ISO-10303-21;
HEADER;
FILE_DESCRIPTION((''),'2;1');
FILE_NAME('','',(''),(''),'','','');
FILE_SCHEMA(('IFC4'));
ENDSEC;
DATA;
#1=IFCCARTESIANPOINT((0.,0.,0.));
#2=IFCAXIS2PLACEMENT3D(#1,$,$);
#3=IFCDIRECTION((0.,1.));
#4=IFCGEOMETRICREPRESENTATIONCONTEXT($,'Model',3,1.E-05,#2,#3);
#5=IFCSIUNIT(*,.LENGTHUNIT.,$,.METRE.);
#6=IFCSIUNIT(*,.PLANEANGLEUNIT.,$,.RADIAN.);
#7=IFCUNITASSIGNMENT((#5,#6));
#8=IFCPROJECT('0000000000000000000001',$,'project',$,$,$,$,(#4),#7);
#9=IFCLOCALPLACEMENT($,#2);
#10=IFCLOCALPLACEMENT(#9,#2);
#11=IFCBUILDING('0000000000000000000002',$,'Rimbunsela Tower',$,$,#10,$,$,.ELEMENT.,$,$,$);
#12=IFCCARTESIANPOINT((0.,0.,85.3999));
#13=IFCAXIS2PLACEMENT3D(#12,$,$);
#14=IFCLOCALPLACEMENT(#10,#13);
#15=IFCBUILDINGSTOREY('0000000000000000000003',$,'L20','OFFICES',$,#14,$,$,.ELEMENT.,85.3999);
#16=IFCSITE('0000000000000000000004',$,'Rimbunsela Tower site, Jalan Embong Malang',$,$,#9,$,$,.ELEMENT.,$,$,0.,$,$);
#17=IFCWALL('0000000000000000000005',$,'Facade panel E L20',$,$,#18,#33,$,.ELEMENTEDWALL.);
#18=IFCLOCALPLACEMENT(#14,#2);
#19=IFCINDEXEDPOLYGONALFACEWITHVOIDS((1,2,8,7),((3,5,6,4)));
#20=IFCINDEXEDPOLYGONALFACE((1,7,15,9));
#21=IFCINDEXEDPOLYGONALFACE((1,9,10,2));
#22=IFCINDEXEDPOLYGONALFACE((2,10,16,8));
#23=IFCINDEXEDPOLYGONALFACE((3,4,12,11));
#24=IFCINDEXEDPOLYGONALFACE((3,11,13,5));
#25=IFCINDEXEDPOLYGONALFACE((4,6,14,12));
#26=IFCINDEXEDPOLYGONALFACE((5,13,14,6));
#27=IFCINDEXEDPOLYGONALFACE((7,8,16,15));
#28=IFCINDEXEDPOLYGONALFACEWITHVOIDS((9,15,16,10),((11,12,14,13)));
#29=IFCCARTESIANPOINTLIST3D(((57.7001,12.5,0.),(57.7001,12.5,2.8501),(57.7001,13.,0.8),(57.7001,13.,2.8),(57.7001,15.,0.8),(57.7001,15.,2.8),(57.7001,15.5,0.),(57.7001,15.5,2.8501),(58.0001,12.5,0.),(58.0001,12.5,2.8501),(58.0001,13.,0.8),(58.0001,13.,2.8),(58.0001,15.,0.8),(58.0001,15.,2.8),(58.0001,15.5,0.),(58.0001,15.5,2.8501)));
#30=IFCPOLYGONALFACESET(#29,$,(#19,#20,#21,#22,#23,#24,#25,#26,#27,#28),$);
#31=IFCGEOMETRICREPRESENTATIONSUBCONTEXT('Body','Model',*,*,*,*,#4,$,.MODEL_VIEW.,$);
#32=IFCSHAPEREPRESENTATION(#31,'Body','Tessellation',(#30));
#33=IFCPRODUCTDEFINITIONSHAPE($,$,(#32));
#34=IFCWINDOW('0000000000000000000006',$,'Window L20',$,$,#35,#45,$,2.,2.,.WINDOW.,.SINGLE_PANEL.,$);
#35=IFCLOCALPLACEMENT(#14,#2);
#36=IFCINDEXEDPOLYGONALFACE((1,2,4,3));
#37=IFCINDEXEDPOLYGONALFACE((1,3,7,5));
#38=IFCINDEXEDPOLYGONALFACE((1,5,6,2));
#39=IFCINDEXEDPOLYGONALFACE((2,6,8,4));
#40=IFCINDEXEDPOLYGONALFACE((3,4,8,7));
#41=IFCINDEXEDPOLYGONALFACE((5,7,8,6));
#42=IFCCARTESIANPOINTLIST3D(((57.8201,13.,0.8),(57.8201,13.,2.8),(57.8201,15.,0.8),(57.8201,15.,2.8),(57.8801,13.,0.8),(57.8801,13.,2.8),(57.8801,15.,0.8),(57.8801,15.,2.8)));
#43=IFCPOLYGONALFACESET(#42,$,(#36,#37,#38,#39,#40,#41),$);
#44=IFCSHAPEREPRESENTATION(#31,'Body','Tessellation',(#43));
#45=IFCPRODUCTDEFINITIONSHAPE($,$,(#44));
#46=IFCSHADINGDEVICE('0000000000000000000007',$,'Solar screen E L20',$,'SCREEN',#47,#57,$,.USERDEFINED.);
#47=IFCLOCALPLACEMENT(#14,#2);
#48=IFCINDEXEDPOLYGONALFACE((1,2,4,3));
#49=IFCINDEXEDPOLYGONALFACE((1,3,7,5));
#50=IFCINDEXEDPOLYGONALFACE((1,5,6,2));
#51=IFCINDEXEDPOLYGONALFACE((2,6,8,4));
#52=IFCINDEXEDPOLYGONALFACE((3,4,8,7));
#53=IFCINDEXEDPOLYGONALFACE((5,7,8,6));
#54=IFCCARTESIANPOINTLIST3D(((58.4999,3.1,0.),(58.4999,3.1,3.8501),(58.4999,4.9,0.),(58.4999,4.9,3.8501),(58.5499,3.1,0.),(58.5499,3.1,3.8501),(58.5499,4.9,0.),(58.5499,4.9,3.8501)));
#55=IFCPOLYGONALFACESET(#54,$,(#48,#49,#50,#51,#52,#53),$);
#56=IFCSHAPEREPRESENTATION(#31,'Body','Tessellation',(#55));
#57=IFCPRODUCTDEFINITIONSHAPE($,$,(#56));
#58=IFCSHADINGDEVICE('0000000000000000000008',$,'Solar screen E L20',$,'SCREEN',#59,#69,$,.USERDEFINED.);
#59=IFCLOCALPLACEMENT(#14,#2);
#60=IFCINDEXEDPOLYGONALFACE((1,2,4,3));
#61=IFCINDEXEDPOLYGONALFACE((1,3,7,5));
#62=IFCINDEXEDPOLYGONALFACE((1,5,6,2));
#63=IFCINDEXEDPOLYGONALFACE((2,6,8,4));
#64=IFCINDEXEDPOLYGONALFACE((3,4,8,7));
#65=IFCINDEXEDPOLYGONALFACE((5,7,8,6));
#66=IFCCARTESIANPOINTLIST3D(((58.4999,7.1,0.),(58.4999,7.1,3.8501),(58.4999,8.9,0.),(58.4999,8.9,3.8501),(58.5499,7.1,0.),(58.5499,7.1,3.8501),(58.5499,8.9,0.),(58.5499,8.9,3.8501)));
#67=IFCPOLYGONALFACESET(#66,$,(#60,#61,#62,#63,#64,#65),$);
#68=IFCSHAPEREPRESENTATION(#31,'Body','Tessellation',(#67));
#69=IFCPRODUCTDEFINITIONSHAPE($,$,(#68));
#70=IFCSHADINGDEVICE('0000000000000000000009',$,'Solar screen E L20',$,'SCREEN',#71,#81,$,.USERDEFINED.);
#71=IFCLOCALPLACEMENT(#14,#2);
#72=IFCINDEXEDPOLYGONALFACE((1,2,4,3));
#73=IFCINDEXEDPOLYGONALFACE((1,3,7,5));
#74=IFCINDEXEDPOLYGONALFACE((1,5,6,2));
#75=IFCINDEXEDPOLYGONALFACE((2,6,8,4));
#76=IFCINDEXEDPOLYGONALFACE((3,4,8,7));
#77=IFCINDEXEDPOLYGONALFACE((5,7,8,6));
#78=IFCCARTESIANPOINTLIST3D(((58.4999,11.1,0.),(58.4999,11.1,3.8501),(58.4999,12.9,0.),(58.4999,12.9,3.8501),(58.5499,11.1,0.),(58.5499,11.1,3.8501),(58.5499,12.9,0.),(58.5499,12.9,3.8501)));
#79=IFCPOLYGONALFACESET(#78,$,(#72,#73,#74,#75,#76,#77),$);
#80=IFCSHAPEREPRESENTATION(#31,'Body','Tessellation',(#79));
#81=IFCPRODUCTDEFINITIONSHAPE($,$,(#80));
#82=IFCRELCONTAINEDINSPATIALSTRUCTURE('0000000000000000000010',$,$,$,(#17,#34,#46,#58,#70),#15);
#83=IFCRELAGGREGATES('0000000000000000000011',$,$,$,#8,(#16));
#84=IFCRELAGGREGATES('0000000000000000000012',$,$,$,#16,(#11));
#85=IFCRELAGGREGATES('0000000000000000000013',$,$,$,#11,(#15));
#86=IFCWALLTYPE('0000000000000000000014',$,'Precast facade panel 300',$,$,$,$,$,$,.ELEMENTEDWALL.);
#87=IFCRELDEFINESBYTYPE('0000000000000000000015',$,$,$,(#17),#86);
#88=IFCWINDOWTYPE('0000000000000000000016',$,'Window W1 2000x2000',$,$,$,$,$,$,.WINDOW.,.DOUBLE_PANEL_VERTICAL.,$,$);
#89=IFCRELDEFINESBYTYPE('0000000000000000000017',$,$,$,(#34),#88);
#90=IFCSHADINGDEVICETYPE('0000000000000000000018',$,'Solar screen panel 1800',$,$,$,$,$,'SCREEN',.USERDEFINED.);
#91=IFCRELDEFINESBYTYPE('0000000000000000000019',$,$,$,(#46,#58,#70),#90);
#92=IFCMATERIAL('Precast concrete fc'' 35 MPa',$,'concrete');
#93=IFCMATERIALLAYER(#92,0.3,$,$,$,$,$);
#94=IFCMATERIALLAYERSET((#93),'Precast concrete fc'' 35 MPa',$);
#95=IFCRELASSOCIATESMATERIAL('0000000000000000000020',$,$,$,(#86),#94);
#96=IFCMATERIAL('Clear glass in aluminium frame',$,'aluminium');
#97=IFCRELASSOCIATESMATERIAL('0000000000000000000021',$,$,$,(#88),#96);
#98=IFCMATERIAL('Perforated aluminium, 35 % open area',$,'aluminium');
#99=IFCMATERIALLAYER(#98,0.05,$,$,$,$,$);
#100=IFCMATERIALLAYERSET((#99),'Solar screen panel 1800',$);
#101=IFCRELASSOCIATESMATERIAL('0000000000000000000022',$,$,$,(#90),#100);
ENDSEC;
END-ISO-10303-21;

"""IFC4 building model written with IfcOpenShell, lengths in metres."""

from ifc_helpers import new_model, si_unit, direction, frame, frame_2d, origin, origin_2d, place, context, subcontext, project, spatial, rectangle, extrude, material, layer, layer_set, type_object, element, fill, save


model = new_model("IFC4")

# Units and contexts
model_context = context("Model", 3, precision=1e-05, world=origin(), true_north=direction((0.0, 1.0)))
body_context = subcontext(model_context, "Body", "Model", "MODEL_VIEW")
ifc_project = project(units=[si_unit("LENGTHUNIT", "METRE"), si_unit("PLANEANGLEUNIT", "RADIAN")], contexts=[model_context])

# Site, building, storey
site_placement = place(None, origin())
site = spatial("IfcSite", under=ifc_project, at=site_placement, Name="Rimbunsela Tower site, Jalan Embong Malang", CompositionType="ELEMENT", RefElevation=0.0)
building_placement = place(site_placement, origin())
building = spatial("IfcBuilding", under=site, at=building_placement, Name="Rimbunsela Tower", CompositionType="ELEMENT")
storey_placement = place(building_placement, frame((0.0, 0.0, 85.3999)))
storey = spatial("IfcBuildingStorey", under=building, at=storey_placement, Name="L20", Description="OFFICES", CompositionType="ELEMENT", Elevation=85.3999)

# Wall, opening, window
ifc_material_1 = material(Name="Precast concrete fc' 35 MPa", Category="concrete")
ifc_layer_1 = layer(ifc_material_1, 0.3)
ifc_layer_set_1 = layer_set([ifc_layer_1], Name="Precast concrete fc' 35 MPa")
wall_type = type_object("IfcWallType", Name="Precast facade panel 300", PredefinedType="ELEMENTEDWALL", material=ifc_layer_set_1)
ifc_material_2 = material(Name="Clear glass in aluminium frame", Category="aluminium")
window_type = type_object("IfcWindowType", Name="Window W1 2000x2000", PartitioningType="DOUBLE_PANEL_VERTICAL", PredefinedType="WINDOW", material=ifc_material_2)
wall_1_placement = place(storey_placement, frame((57.8501, 12.5, 0.0), z_axis=(0.0, 0.0, 1.0), x_axis=(0.0, 1.0, 0.0)))
wall_1 = element("IfcWall", 1, at=wall_1_placement, inside=storey, type_object=wall_type, Name="Facade panel E L20", PredefinedType="ELEMENTEDWALL", context=body_context, shape_type="SweptSolid", body=[
    extrude(rectangle(XDim=3.0, YDim=0.3, at=frame_2d((1.5, 0.0))), origin(), (0.0, 0.0, 1.0), 2.8501),
])
opening_1_placement = place(wall_1_placement, frame((0.5, 0.0, 0.8)))
opening_1 = element("IfcOpeningElement", 2, at=opening_1_placement, cuts=wall_1, PredefinedType="OPENING", context=body_context, shape_type="SweptSolid", body=[
    extrude(rectangle(XDim=2.0, YDim=2.0, at=frame_2d((1.0, 1.0))), frame((0.0, 0.1599, 0.0), z_axis=(0.0, -1.0, 0.0), x_axis=(1.0, 0.0, 0.0)), (0.0, 0.0, 1.0), 0.3201),
])
window_1_placement = place(opening_1_placement, origin())
window_1 = element("IfcWindow", 3, at=window_1_placement, inside=storey, type_object=window_type, Name="Window L20", OverallHeight=2.0, OverallWidth=2.0, PartitioningType="SINGLE_PANEL", PredefinedType="WINDOW", context=body_context, shape_type="SweptSolid", body=[
    extrude(rectangle(XDim=2.0, YDim=2.0, at=frame_2d((1.0, 1.0))), frame((0.0, 0.03, 0.0), z_axis=(0.0, -1.0, 0.0), x_axis=(1.0, 0.0, 0.0)), (0.0, 0.0, 1.0), 0.0601),
])
fill(opening_1, window_1)

# Shading devices
ifc_material_3 = material(Name="Perforated aluminium, 35 % open area", Category="aluminium")
ifc_layer_2 = layer(ifc_material_3, 0.05)
ifc_layer_set_2 = layer_set([ifc_layer_2], Name="Solar screen panel 1800")
shading_device_type = type_object("IfcShadingDeviceType", Name="Solar screen panel 1800", ElementType="SCREEN", PredefinedType="USERDEFINED", material=ifc_layer_set_2)
for number, where, z_axis, x_axis, name in (
    (4, (58.5249, 4.0, 0.0), (0.0, 0.0, 1.0), (0.0, 1.0, 0.0), "Solar screen E L20"),
    (5, (58.5249, 8.0, 0.0), (0.0, 0.0, 1.0), (0.0, 1.0, 0.0), "Solar screen E L20"),
    (6, (58.5249, 12.0, 0.0), (0.0, 0.0, 1.0), (0.0, 1.0, 0.0), "Solar screen E L20"),
):
    element("IfcShadingDevice", number, at=place(storey_placement, frame(where, z_axis=z_axis, x_axis=x_axis)), inside=storey, type_object=shading_device_type, Name=name, ObjectType="SCREEN", PredefinedType="USERDEFINED", context=body_context, shape_type="SweptSolid", body=[
        extrude(rectangle(XDim=1.8, YDim=0.05, at=origin_2d()), origin(), (0.0, 0.0, 1.0), 3.8501),
    ])

save(model, "model.ifc")
